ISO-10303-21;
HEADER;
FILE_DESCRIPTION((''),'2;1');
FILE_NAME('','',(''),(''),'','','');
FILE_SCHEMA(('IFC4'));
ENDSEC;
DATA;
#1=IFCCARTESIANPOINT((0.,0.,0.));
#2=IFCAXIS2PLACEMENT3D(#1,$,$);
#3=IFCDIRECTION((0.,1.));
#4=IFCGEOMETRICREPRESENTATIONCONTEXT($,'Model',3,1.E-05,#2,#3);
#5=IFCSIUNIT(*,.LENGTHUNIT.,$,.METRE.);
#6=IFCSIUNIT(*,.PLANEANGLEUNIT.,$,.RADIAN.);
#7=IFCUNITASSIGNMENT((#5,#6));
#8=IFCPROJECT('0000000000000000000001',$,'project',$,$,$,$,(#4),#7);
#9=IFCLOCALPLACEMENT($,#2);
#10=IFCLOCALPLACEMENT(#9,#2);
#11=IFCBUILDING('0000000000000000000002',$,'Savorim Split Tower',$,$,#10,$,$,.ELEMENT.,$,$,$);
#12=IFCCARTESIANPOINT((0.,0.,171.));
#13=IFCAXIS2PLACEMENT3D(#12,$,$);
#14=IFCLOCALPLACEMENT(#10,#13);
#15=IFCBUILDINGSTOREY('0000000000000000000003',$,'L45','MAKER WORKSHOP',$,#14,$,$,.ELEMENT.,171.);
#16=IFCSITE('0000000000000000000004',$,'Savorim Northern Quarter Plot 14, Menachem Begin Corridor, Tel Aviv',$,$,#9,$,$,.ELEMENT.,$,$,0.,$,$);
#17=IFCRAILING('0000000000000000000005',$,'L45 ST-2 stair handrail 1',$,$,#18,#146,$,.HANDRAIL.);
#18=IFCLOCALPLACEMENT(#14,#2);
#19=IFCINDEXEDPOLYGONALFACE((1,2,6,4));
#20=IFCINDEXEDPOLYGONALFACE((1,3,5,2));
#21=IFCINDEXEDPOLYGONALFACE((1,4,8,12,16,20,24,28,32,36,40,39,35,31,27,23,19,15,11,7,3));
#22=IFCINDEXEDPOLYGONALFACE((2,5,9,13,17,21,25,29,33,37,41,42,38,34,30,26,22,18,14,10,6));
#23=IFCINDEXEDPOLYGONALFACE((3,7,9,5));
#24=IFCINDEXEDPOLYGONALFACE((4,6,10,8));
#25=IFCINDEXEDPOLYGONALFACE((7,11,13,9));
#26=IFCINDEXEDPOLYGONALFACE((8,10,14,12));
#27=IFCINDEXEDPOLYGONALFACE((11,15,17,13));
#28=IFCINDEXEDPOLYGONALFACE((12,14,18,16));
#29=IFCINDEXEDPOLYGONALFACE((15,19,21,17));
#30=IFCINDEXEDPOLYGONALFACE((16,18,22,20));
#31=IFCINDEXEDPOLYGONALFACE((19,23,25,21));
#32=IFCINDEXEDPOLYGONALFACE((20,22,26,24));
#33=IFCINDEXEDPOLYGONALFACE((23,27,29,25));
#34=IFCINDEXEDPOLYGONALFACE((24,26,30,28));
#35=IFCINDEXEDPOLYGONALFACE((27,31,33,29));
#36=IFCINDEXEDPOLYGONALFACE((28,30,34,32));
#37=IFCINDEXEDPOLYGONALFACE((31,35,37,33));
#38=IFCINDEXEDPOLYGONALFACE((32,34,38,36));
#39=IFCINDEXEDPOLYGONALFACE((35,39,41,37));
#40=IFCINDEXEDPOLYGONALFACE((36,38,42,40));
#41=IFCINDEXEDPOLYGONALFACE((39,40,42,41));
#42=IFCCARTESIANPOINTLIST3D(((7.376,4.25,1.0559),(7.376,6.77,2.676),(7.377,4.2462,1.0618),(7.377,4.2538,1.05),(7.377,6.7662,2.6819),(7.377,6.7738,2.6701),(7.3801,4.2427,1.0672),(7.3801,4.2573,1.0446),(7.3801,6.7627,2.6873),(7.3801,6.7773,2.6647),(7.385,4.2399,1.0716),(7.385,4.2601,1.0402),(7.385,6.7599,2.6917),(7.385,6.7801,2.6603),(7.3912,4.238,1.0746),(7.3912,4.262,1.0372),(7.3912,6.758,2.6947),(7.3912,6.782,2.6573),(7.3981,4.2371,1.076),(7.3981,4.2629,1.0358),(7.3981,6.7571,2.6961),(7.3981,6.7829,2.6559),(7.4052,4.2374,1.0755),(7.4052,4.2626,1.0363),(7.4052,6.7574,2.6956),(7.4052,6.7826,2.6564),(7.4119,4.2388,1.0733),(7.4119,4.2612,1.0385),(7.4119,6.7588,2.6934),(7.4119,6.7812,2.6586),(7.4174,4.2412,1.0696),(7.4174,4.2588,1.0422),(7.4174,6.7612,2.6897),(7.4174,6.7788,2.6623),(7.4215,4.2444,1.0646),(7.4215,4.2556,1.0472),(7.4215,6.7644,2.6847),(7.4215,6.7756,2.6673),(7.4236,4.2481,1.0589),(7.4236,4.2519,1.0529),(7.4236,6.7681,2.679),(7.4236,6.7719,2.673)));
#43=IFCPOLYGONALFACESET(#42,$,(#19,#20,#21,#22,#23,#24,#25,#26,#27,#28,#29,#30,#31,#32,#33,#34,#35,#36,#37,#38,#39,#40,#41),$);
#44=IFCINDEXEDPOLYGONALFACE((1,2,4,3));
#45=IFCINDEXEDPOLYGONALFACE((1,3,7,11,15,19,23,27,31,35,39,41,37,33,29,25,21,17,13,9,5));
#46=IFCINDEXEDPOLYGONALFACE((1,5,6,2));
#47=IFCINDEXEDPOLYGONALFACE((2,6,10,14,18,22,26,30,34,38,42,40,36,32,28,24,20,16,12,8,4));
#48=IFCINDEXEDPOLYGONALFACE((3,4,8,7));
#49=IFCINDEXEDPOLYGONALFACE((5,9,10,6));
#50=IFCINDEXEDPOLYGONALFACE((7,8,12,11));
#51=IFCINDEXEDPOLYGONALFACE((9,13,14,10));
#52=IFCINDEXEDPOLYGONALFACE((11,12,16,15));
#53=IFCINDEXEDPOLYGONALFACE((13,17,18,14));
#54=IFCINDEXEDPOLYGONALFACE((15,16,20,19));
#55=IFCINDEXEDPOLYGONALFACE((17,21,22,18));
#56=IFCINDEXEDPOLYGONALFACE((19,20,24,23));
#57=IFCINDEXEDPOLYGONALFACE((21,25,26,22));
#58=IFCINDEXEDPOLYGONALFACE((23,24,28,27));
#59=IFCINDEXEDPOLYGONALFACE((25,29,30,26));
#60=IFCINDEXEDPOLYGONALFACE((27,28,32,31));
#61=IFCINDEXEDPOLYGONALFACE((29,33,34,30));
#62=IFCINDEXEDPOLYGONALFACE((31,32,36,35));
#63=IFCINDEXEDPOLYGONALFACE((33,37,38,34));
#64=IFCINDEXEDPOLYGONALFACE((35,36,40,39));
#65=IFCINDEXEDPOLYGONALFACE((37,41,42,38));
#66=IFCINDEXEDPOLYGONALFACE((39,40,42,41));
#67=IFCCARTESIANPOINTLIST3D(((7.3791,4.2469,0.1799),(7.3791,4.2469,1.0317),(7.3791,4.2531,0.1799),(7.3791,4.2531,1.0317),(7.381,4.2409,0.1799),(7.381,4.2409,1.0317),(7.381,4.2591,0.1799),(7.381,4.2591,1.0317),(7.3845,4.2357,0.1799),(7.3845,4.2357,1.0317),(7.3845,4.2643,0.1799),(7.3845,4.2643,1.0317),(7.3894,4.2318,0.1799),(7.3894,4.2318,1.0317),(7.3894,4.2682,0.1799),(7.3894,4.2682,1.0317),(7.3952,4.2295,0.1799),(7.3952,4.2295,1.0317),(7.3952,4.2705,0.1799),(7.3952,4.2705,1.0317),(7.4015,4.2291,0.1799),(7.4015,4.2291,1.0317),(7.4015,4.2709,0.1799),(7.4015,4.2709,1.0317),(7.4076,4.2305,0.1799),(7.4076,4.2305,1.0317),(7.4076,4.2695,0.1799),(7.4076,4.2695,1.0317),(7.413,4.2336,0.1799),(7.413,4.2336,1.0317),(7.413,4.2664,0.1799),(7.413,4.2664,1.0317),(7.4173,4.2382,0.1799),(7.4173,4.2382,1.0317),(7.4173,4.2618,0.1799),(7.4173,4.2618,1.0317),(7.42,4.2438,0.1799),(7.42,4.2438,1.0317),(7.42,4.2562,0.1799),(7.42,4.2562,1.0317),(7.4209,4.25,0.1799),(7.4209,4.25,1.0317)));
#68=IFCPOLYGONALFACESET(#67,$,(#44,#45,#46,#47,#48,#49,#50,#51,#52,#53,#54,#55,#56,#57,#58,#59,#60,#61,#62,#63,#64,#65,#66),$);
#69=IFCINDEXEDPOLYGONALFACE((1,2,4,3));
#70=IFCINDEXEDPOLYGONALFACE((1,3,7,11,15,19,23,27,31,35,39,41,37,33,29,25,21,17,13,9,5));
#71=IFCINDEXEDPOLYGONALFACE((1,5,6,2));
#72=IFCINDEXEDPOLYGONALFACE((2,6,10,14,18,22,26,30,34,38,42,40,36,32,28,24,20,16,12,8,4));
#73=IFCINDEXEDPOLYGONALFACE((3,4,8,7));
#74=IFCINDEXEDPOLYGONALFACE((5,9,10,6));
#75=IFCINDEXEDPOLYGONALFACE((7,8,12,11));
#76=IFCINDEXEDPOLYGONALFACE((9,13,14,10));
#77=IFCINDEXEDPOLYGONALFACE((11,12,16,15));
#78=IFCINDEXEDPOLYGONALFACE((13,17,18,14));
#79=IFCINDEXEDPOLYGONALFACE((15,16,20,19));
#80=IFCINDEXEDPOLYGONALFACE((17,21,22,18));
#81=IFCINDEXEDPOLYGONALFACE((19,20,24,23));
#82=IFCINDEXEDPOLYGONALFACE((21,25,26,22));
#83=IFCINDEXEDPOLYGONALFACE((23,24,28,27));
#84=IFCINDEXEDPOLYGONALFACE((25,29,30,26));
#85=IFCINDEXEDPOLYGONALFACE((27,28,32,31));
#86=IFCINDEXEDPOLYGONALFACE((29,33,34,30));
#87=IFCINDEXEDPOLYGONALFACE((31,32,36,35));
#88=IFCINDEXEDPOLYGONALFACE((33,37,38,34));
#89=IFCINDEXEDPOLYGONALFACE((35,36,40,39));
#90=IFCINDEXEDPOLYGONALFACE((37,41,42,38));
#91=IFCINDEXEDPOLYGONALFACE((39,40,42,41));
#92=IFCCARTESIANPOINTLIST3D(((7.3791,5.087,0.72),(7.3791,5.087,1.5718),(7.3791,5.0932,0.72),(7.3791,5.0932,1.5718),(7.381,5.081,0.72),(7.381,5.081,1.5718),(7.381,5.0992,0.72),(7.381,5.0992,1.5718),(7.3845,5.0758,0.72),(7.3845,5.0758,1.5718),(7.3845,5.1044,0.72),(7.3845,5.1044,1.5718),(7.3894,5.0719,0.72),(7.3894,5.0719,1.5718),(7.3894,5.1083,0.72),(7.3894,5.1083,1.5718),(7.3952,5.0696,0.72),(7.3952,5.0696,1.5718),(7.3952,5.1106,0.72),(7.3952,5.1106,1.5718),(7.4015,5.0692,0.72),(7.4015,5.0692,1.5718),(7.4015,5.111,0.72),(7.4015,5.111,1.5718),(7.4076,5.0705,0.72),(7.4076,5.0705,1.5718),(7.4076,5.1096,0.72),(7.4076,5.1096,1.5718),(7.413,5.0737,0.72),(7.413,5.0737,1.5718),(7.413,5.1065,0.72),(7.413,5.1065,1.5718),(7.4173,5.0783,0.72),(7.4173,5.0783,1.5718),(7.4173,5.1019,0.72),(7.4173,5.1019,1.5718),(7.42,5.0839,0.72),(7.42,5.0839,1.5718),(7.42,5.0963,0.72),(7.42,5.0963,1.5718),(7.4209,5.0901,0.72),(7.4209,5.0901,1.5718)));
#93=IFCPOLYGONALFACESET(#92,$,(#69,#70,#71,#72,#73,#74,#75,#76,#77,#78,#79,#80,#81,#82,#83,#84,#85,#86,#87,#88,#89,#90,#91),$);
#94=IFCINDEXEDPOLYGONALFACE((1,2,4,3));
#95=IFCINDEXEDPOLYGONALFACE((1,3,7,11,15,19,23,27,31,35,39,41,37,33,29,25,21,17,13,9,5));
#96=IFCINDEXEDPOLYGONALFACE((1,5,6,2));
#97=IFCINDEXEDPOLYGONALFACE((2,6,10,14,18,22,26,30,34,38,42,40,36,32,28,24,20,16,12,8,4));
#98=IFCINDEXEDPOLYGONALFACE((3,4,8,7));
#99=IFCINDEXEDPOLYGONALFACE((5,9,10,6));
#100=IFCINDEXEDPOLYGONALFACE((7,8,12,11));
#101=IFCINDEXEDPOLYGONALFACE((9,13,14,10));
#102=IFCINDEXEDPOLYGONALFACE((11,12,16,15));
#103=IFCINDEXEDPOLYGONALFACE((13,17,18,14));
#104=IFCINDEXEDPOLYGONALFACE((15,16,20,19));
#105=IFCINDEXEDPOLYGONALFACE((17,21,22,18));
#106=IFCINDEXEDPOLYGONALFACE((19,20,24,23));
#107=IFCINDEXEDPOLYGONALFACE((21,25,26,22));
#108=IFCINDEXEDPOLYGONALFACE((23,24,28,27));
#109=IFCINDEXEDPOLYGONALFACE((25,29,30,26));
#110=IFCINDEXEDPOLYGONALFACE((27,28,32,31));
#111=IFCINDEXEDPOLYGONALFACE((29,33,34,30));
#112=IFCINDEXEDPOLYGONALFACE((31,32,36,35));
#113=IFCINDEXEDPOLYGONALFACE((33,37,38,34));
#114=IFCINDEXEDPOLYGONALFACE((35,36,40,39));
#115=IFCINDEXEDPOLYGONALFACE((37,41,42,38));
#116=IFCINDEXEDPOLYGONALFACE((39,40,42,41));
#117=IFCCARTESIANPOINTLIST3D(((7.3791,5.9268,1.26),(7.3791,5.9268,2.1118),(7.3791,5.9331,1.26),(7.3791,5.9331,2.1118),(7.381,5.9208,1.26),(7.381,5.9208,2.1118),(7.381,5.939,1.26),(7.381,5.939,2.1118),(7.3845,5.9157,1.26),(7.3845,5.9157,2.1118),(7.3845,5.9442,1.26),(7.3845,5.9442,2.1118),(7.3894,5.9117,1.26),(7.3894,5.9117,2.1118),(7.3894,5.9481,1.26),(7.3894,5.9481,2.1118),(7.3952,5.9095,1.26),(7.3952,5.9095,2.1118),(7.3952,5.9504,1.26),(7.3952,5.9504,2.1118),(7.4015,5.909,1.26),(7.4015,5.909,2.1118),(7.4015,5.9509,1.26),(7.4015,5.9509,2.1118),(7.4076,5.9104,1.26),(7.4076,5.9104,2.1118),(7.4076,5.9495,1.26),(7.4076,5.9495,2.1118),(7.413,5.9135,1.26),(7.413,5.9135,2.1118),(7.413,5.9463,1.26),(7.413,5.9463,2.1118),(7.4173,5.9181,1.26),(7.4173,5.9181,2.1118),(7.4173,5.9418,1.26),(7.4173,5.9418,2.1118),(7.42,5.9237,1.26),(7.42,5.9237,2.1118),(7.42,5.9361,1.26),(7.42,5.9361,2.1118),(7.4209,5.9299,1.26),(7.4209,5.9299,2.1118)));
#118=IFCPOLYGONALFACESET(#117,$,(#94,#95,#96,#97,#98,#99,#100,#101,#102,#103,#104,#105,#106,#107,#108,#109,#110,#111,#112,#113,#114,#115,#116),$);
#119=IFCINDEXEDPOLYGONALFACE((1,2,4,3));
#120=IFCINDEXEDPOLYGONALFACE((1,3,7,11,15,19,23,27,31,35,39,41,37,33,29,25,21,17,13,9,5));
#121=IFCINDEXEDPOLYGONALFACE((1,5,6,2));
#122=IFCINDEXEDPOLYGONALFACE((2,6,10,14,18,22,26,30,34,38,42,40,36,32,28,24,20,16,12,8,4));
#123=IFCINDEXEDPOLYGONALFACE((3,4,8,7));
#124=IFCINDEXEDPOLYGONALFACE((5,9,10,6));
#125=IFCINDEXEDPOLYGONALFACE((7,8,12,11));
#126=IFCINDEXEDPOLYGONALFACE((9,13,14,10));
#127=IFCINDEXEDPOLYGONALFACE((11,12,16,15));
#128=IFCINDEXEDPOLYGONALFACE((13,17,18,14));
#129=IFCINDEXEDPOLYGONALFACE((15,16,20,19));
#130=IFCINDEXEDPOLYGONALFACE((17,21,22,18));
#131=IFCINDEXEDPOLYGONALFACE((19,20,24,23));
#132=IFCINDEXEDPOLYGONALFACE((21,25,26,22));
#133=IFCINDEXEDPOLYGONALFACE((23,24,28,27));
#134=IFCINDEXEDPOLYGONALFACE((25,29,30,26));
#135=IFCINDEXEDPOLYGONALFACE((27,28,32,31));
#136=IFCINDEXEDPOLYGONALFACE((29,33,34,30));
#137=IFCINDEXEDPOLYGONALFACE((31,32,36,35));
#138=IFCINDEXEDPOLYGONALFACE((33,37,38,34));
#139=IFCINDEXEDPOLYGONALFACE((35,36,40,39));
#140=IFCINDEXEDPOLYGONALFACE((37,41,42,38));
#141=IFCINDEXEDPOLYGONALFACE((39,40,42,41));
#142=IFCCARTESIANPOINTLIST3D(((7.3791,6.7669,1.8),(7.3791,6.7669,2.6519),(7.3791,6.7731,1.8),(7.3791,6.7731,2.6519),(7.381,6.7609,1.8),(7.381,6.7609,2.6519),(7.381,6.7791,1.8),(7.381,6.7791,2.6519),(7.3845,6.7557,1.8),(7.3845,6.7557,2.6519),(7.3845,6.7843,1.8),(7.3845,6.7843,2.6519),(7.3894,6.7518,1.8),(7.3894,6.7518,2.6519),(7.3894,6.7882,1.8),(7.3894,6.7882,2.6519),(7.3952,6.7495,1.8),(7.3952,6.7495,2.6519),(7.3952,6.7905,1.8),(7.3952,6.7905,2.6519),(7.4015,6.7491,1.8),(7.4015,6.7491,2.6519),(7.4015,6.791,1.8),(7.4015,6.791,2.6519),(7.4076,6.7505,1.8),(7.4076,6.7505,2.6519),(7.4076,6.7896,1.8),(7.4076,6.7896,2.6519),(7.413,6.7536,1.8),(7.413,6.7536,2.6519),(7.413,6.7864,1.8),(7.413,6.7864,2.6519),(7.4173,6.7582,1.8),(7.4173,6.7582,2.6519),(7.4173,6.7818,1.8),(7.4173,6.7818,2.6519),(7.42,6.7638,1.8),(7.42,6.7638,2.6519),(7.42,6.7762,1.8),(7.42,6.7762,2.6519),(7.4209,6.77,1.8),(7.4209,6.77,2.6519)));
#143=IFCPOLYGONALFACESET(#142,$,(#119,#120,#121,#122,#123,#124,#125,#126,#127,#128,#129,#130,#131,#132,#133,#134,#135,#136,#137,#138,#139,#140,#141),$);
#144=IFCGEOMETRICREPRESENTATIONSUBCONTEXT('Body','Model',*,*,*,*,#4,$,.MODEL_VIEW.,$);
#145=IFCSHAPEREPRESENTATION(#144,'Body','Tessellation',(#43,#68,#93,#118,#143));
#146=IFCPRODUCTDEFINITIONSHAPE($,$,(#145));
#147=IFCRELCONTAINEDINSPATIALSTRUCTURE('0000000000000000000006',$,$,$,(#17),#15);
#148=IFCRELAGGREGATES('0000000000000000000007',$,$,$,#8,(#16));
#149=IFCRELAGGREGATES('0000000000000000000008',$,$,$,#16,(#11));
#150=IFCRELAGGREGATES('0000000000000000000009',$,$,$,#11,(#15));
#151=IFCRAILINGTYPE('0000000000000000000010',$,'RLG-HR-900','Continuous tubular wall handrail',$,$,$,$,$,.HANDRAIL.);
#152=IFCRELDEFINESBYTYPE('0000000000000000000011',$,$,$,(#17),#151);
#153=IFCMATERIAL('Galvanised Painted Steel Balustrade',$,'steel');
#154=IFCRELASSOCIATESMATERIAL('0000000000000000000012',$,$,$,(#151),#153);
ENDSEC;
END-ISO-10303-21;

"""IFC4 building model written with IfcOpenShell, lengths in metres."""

from ifc_helpers import new_model, si_unit, direction, frame, origin, origin_2d, place, context, subcontext, project, spatial, circle, extrude, material, type_object, element, save


model = new_model("IFC4")

# Units and contexts
model_context = context("Model", 3, precision=1e-05, world=origin(), true_north=direction((0.0, 1.0)))
body_context = subcontext(model_context, "Body", "Model", "MODEL_VIEW")
ifc_project = project(units=[si_unit("LENGTHUNIT", "METRE"), si_unit("PLANEANGLEUNIT", "RADIAN")], contexts=[model_context])

# Site, building, storey
site_placement = place(None, origin())
site = spatial("IfcSite", under=ifc_project, at=site_placement, Name="Savorim Northern Quarter Plot 14, Menachem Begin Corridor, Tel Aviv", CompositionType="ELEMENT", RefElevation=0.0)
building_placement = place(site_placement, origin())
building = spatial("IfcBuilding", under=site, at=building_placement, Name="Savorim Split Tower", CompositionType="ELEMENT")
storey_placement = place(building_placement, frame((0.0, 0.0, 171.0)))
storey = spatial("IfcBuildingStorey", under=building, at=storey_placement, Name="L45", Description="MAKER WORKSHOP", CompositionType="ELEMENT", Elevation=171.0)

# Railing
ifc_material_1 = material(Name="Galvanised Painted Steel Balustrade", Category="steel")
railing_type_1 = type_object("IfcRailingType", Name="RLG-HR-900", Description="Continuous tubular wall handrail", PredefinedType="HANDRAIL", material=ifc_material_1)
railing_1_placement = place(storey_placement, frame((7.3999, 4.25, 0.1799)))
element("IfcRailing", 1, at=railing_1_placement, inside=storey, type_object=railing_type_1, Name="L45 ST-2 stair handrail 1", PredefinedType="HANDRAIL", context=body_context, shape_type="SweptSolid", body=[
    extrude(circle(Radius=0.0239, at=origin_2d()), frame((0.0, 0.0, 0.876), z_axis=(0.0, 0.841163, 0.540782), x_axis=(-1.0, 0.0, 0.0)), (0.0, 0.0, 1.0), 2.9958),
    extrude(circle(Radius=0.021, at=origin_2d()), origin(), (0.0, 0.0, 1.0), 0.8518),
    extrude(circle(Radius=0.021, at=origin_2d()), frame((0.0, 0.8401, 0.54)), (0.0, 0.0, 1.0), 0.8518),
    extrude(circle(Radius=0.021, at=origin_2d()), frame((0.0, 1.6799, 1.0801)), (0.0, 0.0, 1.0), 0.8518),
    extrude(circle(Radius=0.021, at=origin_2d()), frame((0.0, 2.52, 1.6201)), (0.0, 0.0, 1.0), 0.8518),
])

save(model, "model.ifc")
